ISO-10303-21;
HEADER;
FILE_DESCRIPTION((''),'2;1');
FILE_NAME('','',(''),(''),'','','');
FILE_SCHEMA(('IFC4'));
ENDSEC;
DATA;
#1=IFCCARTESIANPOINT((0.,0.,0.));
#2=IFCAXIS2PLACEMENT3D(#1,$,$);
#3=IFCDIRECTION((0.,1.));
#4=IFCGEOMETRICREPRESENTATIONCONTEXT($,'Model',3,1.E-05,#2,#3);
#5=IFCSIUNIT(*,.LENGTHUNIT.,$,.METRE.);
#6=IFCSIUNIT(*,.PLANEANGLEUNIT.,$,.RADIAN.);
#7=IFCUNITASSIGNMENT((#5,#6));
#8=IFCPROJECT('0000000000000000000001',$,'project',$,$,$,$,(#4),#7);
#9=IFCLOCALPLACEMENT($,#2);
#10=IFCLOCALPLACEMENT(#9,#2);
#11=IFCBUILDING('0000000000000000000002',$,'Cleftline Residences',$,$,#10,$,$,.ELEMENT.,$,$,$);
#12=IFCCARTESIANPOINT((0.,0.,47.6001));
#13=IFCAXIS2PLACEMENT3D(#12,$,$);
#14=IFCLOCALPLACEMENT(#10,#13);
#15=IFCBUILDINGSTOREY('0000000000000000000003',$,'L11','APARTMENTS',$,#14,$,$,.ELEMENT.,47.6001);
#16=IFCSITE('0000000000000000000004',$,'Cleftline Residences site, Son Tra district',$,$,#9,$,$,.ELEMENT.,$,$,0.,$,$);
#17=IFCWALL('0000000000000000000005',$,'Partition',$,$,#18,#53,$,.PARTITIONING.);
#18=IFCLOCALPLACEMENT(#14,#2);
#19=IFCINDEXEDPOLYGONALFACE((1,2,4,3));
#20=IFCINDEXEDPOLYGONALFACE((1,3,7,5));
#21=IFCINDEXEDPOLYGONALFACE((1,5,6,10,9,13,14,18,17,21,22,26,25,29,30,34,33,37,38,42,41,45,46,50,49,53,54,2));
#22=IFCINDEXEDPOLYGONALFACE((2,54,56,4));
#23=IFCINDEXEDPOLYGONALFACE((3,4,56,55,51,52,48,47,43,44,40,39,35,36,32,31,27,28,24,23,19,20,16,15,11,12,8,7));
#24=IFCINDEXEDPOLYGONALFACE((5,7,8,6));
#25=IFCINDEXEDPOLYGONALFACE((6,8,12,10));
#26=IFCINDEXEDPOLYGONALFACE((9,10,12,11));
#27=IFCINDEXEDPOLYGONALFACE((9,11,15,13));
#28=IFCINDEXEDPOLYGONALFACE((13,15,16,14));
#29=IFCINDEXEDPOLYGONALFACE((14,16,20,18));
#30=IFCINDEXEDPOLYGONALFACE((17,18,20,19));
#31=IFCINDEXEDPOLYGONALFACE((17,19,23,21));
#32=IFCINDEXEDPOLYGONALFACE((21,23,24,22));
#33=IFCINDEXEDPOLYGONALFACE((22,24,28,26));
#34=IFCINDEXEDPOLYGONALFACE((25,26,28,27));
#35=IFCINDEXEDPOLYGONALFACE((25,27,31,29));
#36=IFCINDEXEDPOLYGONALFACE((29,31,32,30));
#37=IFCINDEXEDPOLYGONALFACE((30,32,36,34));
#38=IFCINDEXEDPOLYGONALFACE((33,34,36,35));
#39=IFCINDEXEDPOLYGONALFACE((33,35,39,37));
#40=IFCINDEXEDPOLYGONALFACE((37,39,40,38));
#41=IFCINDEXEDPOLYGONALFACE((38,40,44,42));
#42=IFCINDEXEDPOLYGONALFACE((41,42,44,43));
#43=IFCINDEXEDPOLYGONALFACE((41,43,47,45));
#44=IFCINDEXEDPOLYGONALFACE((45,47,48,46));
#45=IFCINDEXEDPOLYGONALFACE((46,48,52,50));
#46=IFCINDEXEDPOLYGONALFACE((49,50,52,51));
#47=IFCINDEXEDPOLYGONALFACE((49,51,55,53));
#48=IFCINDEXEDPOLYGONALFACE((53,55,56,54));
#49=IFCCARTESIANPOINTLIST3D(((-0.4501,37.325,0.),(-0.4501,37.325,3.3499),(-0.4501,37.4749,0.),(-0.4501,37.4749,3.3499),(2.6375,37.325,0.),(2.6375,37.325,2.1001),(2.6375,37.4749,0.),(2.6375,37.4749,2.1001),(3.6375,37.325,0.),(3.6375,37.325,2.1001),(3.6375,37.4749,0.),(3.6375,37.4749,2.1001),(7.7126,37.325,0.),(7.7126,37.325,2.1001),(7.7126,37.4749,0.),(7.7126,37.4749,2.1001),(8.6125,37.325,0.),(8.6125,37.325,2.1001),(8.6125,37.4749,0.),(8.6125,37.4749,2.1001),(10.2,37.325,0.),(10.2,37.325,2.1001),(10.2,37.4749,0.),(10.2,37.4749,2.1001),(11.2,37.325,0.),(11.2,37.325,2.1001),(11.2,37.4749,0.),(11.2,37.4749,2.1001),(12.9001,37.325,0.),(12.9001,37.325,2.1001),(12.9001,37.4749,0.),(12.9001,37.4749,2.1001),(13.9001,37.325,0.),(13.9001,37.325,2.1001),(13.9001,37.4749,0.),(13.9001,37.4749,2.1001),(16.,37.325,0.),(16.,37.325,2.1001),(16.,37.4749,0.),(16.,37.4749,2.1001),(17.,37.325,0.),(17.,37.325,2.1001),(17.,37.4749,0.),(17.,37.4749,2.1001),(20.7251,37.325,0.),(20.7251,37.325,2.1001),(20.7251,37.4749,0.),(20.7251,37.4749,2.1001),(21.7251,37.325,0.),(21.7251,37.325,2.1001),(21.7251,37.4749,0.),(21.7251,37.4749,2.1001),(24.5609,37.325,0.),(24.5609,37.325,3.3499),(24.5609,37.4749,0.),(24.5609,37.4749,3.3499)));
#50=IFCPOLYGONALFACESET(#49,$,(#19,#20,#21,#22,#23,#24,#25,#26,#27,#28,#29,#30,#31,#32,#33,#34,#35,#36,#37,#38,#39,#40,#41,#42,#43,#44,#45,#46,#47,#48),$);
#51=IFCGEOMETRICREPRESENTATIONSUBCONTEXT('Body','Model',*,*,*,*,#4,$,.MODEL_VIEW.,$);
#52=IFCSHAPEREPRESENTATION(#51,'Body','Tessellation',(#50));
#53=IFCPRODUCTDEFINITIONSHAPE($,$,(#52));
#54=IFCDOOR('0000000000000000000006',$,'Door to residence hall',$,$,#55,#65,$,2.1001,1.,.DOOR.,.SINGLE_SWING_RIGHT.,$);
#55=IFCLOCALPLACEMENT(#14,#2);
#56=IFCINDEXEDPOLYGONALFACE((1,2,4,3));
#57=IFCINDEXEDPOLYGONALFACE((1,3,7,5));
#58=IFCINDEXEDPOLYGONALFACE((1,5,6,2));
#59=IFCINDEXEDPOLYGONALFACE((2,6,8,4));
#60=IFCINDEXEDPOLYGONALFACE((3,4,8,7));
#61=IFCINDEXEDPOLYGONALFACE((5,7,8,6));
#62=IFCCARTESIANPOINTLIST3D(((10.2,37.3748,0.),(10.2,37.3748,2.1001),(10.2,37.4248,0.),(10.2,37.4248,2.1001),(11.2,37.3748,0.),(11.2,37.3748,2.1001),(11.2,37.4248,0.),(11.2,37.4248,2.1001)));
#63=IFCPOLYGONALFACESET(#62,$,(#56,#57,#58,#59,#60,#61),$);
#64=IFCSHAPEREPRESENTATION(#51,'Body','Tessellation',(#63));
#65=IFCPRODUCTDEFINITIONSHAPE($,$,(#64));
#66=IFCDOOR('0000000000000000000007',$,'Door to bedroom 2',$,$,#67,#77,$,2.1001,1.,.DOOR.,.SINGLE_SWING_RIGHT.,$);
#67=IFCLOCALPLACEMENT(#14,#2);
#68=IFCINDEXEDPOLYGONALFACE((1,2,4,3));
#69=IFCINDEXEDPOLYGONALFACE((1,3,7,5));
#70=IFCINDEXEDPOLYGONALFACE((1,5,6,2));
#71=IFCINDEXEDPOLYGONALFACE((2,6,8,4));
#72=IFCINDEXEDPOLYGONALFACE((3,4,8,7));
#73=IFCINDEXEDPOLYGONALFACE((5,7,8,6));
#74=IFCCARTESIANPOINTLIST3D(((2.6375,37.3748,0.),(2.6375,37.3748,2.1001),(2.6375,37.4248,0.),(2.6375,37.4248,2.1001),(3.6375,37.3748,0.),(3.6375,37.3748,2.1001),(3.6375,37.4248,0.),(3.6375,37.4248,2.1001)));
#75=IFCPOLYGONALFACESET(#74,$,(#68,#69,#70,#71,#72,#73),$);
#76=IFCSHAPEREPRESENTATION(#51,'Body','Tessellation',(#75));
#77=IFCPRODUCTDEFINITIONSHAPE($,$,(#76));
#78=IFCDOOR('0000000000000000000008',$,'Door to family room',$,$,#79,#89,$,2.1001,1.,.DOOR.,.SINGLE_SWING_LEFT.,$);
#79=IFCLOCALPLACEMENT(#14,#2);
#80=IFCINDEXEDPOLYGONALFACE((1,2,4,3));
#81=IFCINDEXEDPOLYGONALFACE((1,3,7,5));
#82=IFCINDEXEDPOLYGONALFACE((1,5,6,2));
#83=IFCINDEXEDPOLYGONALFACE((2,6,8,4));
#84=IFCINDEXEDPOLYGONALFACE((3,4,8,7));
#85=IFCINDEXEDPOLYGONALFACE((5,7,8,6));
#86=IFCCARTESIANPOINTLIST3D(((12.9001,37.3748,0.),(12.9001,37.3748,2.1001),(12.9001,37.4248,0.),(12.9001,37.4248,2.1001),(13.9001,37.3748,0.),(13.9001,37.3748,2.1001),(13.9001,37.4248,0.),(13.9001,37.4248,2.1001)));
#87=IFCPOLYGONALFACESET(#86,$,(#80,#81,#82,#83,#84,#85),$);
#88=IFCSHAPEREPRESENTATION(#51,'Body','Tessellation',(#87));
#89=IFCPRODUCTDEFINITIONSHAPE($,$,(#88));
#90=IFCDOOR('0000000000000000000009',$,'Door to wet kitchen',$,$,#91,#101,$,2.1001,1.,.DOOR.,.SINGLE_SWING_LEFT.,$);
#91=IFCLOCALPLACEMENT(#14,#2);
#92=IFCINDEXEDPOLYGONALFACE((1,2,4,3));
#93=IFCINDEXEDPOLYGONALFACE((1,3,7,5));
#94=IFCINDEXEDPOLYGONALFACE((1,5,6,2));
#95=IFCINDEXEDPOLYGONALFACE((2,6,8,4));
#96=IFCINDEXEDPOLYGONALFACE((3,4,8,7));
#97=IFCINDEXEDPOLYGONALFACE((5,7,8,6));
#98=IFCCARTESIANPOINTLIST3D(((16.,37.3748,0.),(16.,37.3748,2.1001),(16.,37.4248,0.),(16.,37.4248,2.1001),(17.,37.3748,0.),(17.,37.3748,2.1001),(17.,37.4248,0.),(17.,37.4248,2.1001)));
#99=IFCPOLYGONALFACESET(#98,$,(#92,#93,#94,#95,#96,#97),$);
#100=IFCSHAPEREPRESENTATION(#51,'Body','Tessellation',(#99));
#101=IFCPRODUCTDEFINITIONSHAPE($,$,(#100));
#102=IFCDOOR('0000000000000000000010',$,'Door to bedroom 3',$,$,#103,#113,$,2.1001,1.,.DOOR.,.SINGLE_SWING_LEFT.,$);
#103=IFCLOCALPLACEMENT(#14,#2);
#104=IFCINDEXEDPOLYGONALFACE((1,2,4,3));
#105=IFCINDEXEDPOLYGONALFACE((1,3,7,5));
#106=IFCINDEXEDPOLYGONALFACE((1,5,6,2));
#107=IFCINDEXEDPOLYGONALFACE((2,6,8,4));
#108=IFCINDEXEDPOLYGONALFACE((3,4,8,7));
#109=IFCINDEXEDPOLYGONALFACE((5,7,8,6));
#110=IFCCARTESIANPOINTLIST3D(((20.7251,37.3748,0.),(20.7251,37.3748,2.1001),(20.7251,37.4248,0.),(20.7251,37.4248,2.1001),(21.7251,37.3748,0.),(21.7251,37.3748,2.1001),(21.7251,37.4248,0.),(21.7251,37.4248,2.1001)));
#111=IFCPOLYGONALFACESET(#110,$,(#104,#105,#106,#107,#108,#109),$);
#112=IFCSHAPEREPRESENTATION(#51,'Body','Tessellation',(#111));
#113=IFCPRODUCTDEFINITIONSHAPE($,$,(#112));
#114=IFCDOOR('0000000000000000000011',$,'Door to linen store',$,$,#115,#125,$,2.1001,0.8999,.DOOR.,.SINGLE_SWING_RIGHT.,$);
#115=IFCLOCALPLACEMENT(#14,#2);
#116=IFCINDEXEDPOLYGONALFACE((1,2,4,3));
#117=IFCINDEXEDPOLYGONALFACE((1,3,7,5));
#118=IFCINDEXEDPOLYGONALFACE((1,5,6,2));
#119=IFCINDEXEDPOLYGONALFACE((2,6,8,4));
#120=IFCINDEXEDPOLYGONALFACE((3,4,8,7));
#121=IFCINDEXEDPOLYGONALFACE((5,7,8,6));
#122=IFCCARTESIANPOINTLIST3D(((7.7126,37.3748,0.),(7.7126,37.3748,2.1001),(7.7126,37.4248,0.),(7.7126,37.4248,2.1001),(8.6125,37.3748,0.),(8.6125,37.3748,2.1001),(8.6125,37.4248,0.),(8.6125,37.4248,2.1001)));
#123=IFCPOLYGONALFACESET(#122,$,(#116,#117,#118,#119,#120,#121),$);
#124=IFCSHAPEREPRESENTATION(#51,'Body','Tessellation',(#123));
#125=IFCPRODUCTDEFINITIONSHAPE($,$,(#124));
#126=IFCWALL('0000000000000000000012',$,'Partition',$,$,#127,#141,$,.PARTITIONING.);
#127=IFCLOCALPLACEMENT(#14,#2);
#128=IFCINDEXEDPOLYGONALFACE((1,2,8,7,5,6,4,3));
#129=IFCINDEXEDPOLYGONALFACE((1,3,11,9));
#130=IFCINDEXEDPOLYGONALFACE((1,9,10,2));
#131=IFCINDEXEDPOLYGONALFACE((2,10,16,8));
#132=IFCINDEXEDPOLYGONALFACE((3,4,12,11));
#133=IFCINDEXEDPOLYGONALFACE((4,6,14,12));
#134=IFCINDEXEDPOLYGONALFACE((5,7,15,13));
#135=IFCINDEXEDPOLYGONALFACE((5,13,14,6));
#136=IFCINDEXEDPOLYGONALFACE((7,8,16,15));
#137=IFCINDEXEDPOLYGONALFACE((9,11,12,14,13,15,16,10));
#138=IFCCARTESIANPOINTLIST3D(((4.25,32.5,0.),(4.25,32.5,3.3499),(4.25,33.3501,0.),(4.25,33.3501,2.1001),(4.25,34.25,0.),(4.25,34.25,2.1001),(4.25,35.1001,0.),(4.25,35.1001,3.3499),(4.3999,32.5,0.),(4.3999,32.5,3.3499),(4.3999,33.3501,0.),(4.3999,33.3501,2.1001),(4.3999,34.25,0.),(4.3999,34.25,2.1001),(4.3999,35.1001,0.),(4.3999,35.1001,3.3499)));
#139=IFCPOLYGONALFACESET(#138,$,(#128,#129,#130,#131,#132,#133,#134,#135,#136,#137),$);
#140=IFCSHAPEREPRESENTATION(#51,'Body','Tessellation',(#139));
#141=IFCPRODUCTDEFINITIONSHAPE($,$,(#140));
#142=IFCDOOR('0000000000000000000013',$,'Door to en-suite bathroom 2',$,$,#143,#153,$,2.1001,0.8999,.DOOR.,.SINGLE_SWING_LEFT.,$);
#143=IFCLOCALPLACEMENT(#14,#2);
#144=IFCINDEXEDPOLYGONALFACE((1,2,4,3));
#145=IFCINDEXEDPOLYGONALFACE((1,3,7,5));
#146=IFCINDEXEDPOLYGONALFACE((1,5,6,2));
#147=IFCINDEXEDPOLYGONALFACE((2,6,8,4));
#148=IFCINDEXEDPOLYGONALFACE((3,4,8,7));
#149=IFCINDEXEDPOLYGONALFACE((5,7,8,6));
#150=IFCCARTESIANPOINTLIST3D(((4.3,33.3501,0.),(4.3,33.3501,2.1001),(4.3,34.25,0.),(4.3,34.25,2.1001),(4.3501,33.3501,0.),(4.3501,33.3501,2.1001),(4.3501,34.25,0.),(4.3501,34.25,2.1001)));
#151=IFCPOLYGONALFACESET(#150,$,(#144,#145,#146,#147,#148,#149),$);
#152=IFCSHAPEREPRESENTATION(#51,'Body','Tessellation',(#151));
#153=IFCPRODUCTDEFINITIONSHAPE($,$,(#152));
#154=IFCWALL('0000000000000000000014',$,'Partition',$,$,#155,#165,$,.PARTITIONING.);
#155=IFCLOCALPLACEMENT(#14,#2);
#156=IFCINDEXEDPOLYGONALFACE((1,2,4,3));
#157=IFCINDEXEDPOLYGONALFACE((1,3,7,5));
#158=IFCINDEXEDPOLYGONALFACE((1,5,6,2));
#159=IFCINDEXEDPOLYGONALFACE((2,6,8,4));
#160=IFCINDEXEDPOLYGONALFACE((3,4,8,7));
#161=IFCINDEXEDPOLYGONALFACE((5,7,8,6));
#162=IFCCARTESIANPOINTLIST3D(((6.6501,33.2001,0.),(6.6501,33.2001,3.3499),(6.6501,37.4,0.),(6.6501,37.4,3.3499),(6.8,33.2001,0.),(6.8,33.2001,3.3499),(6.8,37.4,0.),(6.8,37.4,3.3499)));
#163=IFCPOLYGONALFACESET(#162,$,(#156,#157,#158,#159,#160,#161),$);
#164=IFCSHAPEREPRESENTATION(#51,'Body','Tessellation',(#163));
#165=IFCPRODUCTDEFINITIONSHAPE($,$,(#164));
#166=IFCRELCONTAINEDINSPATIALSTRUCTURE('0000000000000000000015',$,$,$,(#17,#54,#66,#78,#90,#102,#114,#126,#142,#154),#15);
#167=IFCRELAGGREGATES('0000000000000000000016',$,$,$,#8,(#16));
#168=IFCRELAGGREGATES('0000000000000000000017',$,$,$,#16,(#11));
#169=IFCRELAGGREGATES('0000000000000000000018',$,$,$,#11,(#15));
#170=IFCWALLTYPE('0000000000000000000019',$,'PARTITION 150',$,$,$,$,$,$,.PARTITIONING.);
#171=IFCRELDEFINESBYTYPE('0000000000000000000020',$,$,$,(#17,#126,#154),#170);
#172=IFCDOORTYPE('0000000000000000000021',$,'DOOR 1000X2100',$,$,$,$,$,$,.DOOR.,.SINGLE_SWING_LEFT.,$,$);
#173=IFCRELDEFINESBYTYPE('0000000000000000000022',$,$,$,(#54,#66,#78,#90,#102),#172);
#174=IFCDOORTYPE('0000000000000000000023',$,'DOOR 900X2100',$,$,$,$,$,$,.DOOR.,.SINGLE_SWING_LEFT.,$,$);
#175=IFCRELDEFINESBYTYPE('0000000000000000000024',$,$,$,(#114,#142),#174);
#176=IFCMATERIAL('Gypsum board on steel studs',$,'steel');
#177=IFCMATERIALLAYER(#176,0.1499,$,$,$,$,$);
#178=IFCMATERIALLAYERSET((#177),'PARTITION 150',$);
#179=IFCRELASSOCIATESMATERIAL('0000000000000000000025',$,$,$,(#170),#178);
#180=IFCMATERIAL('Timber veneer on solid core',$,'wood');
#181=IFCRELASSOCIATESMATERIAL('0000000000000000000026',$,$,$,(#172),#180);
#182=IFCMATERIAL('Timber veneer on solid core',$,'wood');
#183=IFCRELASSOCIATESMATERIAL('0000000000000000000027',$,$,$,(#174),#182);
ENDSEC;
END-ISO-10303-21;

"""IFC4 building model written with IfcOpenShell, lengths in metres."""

from ifc_helpers import new_model, si_unit, direction, frame, frame_2d, origin, place, context, subcontext, project, spatial, rectangle, extrude, material, layer, layer_set, type_object, element, fill, save


model = new_model("IFC4")

# Units and contexts
model_context = context("Model", 3, precision=1e-05, world=origin(), true_north=direction((0.0, 1.0)))
body_context = subcontext(model_context, "Body", "Model", "MODEL_VIEW")
ifc_project = project(units=[si_unit("LENGTHUNIT", "METRE"), si_unit("PLANEANGLEUNIT", "RADIAN")], contexts=[model_context])

# Site, building, storey
site_placement = place(None, origin())
site = spatial("IfcSite", under=ifc_project, at=site_placement, Name="Cleftline Residences site, Son Tra district", CompositionType="ELEMENT", RefElevation=0.0)
building_placement = place(site_placement, origin())
building = spatial("IfcBuilding", under=site, at=building_placement, Name="Cleftline Residences", CompositionType="ELEMENT")
storey_placement = place(building_placement, frame((0.0, 0.0, 47.6001)))
storey = spatial("IfcBuildingStorey", under=building, at=storey_placement, Name="L11", Description="APARTMENTS", CompositionType="ELEMENT", Elevation=47.6001)

# Shared definitions
ifc_material_1 = material(Name="Gypsum board on steel studs", Category="steel")
ifc_layer = layer(ifc_material_1, 0.1499)
ifc_layer_set = layer_set([ifc_layer], Name="PARTITION 150")
wall_type = type_object("IfcWallType", Name="PARTITION 150", PredefinedType="PARTITIONING", material=ifc_layer_set)

# Wall, openings, doors
wall_1_placement = place(storey_placement, frame((-0.45, 37.3999, 0.0), z_axis=(0.0, 0.0, 1.0), x_axis=(1.0, 0.0, 0.0)))
wall_1 = element("IfcWall", 1, at=wall_1_placement, inside=storey, type_object=wall_type, Name="Partition", PredefinedType="PARTITIONING", context=body_context, shape_type="SweptSolid", body=[
    extrude(rectangle(XDim=25.011, YDim=0.1499, at=frame_2d((12.5054, 0.0))), origin(), (0.0, 0.0, 1.0), 3.3499),
])
opening_1_placement = place(wall_1_placement, frame((10.6499, 0.0, 0.0)))
opening_1 = element("IfcOpeningElement", 2, at=opening_1_placement, cuts=wall_1, PredefinedType="OPENING", context=body_context, shape_type="SweptSolid", body=[
    extrude(rectangle(XDim=1.0, YDim=2.1001, at=frame_2d((0.5, 1.05))), frame((0.0, 0.085, 0.0), z_axis=(0.0, -1.0, 0.0), x_axis=(1.0, 0.0, 0.0)), (0.0, 0.0, 1.0), 0.1699),
])
opening_2_placement = place(wall_1_placement, frame((3.0874, 0.0, 0.0)))
opening_2 = element("IfcOpeningElement", 3, at=opening_2_placement, cuts=wall_1, PredefinedType="OPENING", context=body_context, shape_type="SweptSolid", body=[
    extrude(rectangle(XDim=1.0, YDim=2.1001, at=frame_2d((0.5, 1.05))), frame((0.0, 0.085, 0.0), z_axis=(0.0, -1.0, 0.0), x_axis=(1.0, 0.0, 0.0)), (0.0, 0.0, 1.0), 0.1699),
])
opening_3_placement = place(wall_1_placement, frame((8.1626, 0.0, 0.0)))
opening_3 = element("IfcOpeningElement", 4, at=opening_3_placement, cuts=wall_1, PredefinedType="OPENING", context=body_context, shape_type="SweptSolid", body=[
    extrude(rectangle(XDim=0.8999, YDim=2.1001, at=frame_2d((0.45, 1.05))), frame((0.0, 0.085, 0.0), z_axis=(0.0, -1.0, 0.0), x_axis=(1.0, 0.0, 0.0)), (0.0, 0.0, 1.0), 0.1699),
])
opening_4_placement = place(wall_1_placement, frame((13.3501, 0.0, 0.0)))
opening_4 = element("IfcOpeningElement", 5, at=opening_4_placement, cuts=wall_1, PredefinedType="OPENING", context=body_context, shape_type="SweptSolid", body=[
    extrude(rectangle(XDim=1.0, YDim=2.1001, at=frame_2d((0.5, 1.05))), frame((0.0, 0.085, 0.0), z_axis=(0.0, -1.0, 0.0), x_axis=(1.0, 0.0, 0.0)), (0.0, 0.0, 1.0), 0.1699),
])
opening_5_placement = place(wall_1_placement, frame((16.45, 0.0, 0.0)))
opening_5 = element("IfcOpeningElement", 6, at=opening_5_placement, cuts=wall_1, PredefinedType="OPENING", context=body_context, shape_type="SweptSolid", body=[
    extrude(rectangle(XDim=1.0, YDim=2.1001, at=frame_2d((0.5, 1.05))), frame((0.0, 0.085, 0.0), z_axis=(0.0, -1.0, 0.0), x_axis=(1.0, 0.0, 0.0)), (0.0, 0.0, 1.0), 0.1699),
])
opening_6_placement = place(wall_1_placement, frame((21.175, 0.0, 0.0)))
opening_6 = element("IfcOpeningElement", 7, at=opening_6_placement, cuts=wall_1, PredefinedType="OPENING", context=body_context, shape_type="SweptSolid", body=[
    extrude(rectangle(XDim=1.0, YDim=2.1001, at=frame_2d((0.5, 1.05))), frame((0.0, 0.085, 0.0), z_axis=(0.0, -1.0, 0.0), x_axis=(1.0, 0.0, 0.0)), (0.0, 0.0, 1.0), 0.1699),
])
ifc_material_2 = material(Name="Timber veneer on solid core", Category="wood")
door_type_1 = type_object("IfcDoorType", Name="DOOR 1000X2100", OperationType="SINGLE_SWING_LEFT", PredefinedType="DOOR", material=ifc_material_2)
door_1_placement = place(opening_1_placement, origin())
door_1 = element("IfcDoor", 8, at=door_1_placement, inside=storey, type_object=door_type_1, Name="Door to residence hall", OperationType="SINGLE_SWING_RIGHT", OverallHeight=2.1001, OverallWidth=1.0, PredefinedType="DOOR", context=body_context, shape_type="SweptSolid", body=[
    extrude(rectangle(XDim=1.0, YDim=2.1001, at=frame_2d((0.5, 1.05))), frame((0.0, 0.0249, 0.0), z_axis=(0.0, -1.0, 0.0), x_axis=(1.0, 0.0, 0.0)), (0.0, 0.0, 1.0), 0.05),
])
fill(opening_1, door_1)
door_2_placement = place(opening_2_placement, origin())
door_2 = element("IfcDoor", 9, at=door_2_placement, inside=storey, type_object=door_type_1, Name="Door to bedroom 2", OperationType="SINGLE_SWING_RIGHT", OverallHeight=2.1001, OverallWidth=1.0, PredefinedType="DOOR", context=body_context, shape_type="SweptSolid", body=[
    extrude(rectangle(XDim=1.0, YDim=2.1001, at=frame_2d((0.5, 1.05))), frame((0.0, 0.0249, 0.0), z_axis=(0.0, -1.0, 0.0), x_axis=(1.0, 0.0, 0.0)), (0.0, 0.0, 1.0), 0.05),
])
fill(opening_2, door_2)
door_3_placement = place(opening_4_placement, origin())
door_3 = element("IfcDoor", 10, at=door_3_placement, inside=storey, type_object=door_type_1, Name="Door to family room", OperationType="SINGLE_SWING_LEFT", OverallHeight=2.1001, OverallWidth=1.0, PredefinedType="DOOR", context=body_context, shape_type="SweptSolid", body=[
    extrude(rectangle(XDim=1.0, YDim=2.1001, at=frame_2d((0.5, 1.05))), frame((0.0, 0.0249, 0.0), z_axis=(0.0, -1.0, 0.0), x_axis=(1.0, 0.0, 0.0)), (0.0, 0.0, 1.0), 0.05),
])
fill(opening_4, door_3)
door_4_placement = place(opening_5_placement, origin())
door_4 = element("IfcDoor", 11, at=door_4_placement, inside=storey, type_object=door_type_1, Name="Door to wet kitchen", OperationType="SINGLE_SWING_LEFT", OverallHeight=2.1001, OverallWidth=1.0, PredefinedType="DOOR", context=body_context, shape_type="SweptSolid", body=[
    extrude(rectangle(XDim=1.0, YDim=2.1001, at=frame_2d((0.5, 1.05))), frame((0.0, 0.0249, 0.0), z_axis=(0.0, -1.0, 0.0), x_axis=(1.0, 0.0, 0.0)), (0.0, 0.0, 1.0), 0.05),
])
fill(opening_5, door_4)
door_5_placement = place(opening_6_placement, origin())
door_5 = element("IfcDoor", 12, at=door_5_placement, inside=storey, type_object=door_type_1, Name="Door to bedroom 3", OperationType="SINGLE_SWING_LEFT", OverallHeight=2.1001, OverallWidth=1.0, PredefinedType="DOOR", context=body_context, shape_type="SweptSolid", body=[
    extrude(rectangle(XDim=1.0, YDim=2.1001, at=frame_2d((0.5, 1.05))), frame((0.0, 0.0249, 0.0), z_axis=(0.0, -1.0, 0.0), x_axis=(1.0, 0.0, 0.0)), (0.0, 0.0, 1.0), 0.05),
])
fill(opening_6, door_5)
ifc_material_3 = material(Name="Timber veneer on solid core", Category="wood")
door_type_2 = type_object("IfcDoorType", Name="DOOR 900X2100", OperationType="SINGLE_SWING_LEFT", PredefinedType="DOOR", material=ifc_material_3)
door_6_placement = place(opening_3_placement, origin())
door_6 = element("IfcDoor", 13, at=door_6_placement, inside=storey, type_object=door_type_2, Name="Door to linen store", OperationType="SINGLE_SWING_RIGHT", OverallHeight=2.1001, OverallWidth=0.8999, PredefinedType="DOOR", context=body_context, shape_type="SweptSolid", body=[
    extrude(rectangle(XDim=0.8999, YDim=2.1001, at=frame_2d((0.45, 1.05))), frame((0.0, 0.0249, 0.0), z_axis=(0.0, -1.0, 0.0), x_axis=(1.0, 0.0, 0.0)), (0.0, 0.0, 1.0), 0.05),
])
fill(opening_3, door_6)

# Wall, opening, door
wall_2_placement = place(storey_placement, frame((4.325, 32.5, 0.0), z_axis=(0.0, 0.0, 1.0), x_axis=(0.0, 1.0, 0.0)))
wall_2 = element("IfcWall", 14, at=wall_2_placement, inside=storey, type_object=wall_type, Name="Partition", PredefinedType="PARTITIONING", context=body_context, shape_type="SweptSolid", body=[
    extrude(rectangle(XDim=2.6001, YDim=0.1499, at=frame_2d((1.3, 0.0))), origin(), (0.0, 0.0, 1.0), 3.3499),
])
opening_7_placement = place(wall_2_placement, frame((0.8501, 0.0, 0.0)))
opening_7 = element("IfcOpeningElement", 15, at=opening_7_placement, cuts=wall_2, PredefinedType="OPENING", context=body_context, shape_type="SweptSolid", body=[
    extrude(rectangle(XDim=0.8999, YDim=2.1001, at=frame_2d((0.45, 1.05))), frame((0.0, 0.085, 0.0), z_axis=(0.0, -1.0, 0.0), x_axis=(1.0, 0.0, 0.0)), (0.0, 0.0, 1.0), 0.1699),
])
door_7_placement = place(opening_7_placement, origin())
door_7 = element("IfcDoor", 16, at=door_7_placement, inside=storey, type_object=door_type_2, Name="Door to en-suite bathroom 2", OperationType="SINGLE_SWING_LEFT", OverallHeight=2.1001, OverallWidth=0.8999, PredefinedType="DOOR", context=body_context, shape_type="SweptSolid", body=[
    extrude(rectangle(XDim=0.8999, YDim=2.1001, at=frame_2d((0.45, 1.05))), frame((0.0, 0.0249, 0.0), z_axis=(0.0, -1.0, 0.0), x_axis=(1.0, 0.0, 0.0)), (0.0, 0.0, 1.0), 0.05),
])
fill(opening_7, door_7)

# Wall
wall_3_placement = place(storey_placement, frame((6.7251, 33.2, 0.0), z_axis=(0.0, 0.0, 1.0), x_axis=(0.0, 1.0, 0.0)))
element("IfcWall", 17, at=wall_3_placement, inside=storey, type_object=wall_type, Name="Partition", PredefinedType="PARTITIONING", context=body_context, shape_type="SweptSolid", body=[
    extrude(rectangle(XDim=4.2, YDim=0.1499, at=frame_2d((2.1001, 0.0))), origin(), (0.0, 0.0, 1.0), 3.3499),
])

save(model, "model.ifc")
